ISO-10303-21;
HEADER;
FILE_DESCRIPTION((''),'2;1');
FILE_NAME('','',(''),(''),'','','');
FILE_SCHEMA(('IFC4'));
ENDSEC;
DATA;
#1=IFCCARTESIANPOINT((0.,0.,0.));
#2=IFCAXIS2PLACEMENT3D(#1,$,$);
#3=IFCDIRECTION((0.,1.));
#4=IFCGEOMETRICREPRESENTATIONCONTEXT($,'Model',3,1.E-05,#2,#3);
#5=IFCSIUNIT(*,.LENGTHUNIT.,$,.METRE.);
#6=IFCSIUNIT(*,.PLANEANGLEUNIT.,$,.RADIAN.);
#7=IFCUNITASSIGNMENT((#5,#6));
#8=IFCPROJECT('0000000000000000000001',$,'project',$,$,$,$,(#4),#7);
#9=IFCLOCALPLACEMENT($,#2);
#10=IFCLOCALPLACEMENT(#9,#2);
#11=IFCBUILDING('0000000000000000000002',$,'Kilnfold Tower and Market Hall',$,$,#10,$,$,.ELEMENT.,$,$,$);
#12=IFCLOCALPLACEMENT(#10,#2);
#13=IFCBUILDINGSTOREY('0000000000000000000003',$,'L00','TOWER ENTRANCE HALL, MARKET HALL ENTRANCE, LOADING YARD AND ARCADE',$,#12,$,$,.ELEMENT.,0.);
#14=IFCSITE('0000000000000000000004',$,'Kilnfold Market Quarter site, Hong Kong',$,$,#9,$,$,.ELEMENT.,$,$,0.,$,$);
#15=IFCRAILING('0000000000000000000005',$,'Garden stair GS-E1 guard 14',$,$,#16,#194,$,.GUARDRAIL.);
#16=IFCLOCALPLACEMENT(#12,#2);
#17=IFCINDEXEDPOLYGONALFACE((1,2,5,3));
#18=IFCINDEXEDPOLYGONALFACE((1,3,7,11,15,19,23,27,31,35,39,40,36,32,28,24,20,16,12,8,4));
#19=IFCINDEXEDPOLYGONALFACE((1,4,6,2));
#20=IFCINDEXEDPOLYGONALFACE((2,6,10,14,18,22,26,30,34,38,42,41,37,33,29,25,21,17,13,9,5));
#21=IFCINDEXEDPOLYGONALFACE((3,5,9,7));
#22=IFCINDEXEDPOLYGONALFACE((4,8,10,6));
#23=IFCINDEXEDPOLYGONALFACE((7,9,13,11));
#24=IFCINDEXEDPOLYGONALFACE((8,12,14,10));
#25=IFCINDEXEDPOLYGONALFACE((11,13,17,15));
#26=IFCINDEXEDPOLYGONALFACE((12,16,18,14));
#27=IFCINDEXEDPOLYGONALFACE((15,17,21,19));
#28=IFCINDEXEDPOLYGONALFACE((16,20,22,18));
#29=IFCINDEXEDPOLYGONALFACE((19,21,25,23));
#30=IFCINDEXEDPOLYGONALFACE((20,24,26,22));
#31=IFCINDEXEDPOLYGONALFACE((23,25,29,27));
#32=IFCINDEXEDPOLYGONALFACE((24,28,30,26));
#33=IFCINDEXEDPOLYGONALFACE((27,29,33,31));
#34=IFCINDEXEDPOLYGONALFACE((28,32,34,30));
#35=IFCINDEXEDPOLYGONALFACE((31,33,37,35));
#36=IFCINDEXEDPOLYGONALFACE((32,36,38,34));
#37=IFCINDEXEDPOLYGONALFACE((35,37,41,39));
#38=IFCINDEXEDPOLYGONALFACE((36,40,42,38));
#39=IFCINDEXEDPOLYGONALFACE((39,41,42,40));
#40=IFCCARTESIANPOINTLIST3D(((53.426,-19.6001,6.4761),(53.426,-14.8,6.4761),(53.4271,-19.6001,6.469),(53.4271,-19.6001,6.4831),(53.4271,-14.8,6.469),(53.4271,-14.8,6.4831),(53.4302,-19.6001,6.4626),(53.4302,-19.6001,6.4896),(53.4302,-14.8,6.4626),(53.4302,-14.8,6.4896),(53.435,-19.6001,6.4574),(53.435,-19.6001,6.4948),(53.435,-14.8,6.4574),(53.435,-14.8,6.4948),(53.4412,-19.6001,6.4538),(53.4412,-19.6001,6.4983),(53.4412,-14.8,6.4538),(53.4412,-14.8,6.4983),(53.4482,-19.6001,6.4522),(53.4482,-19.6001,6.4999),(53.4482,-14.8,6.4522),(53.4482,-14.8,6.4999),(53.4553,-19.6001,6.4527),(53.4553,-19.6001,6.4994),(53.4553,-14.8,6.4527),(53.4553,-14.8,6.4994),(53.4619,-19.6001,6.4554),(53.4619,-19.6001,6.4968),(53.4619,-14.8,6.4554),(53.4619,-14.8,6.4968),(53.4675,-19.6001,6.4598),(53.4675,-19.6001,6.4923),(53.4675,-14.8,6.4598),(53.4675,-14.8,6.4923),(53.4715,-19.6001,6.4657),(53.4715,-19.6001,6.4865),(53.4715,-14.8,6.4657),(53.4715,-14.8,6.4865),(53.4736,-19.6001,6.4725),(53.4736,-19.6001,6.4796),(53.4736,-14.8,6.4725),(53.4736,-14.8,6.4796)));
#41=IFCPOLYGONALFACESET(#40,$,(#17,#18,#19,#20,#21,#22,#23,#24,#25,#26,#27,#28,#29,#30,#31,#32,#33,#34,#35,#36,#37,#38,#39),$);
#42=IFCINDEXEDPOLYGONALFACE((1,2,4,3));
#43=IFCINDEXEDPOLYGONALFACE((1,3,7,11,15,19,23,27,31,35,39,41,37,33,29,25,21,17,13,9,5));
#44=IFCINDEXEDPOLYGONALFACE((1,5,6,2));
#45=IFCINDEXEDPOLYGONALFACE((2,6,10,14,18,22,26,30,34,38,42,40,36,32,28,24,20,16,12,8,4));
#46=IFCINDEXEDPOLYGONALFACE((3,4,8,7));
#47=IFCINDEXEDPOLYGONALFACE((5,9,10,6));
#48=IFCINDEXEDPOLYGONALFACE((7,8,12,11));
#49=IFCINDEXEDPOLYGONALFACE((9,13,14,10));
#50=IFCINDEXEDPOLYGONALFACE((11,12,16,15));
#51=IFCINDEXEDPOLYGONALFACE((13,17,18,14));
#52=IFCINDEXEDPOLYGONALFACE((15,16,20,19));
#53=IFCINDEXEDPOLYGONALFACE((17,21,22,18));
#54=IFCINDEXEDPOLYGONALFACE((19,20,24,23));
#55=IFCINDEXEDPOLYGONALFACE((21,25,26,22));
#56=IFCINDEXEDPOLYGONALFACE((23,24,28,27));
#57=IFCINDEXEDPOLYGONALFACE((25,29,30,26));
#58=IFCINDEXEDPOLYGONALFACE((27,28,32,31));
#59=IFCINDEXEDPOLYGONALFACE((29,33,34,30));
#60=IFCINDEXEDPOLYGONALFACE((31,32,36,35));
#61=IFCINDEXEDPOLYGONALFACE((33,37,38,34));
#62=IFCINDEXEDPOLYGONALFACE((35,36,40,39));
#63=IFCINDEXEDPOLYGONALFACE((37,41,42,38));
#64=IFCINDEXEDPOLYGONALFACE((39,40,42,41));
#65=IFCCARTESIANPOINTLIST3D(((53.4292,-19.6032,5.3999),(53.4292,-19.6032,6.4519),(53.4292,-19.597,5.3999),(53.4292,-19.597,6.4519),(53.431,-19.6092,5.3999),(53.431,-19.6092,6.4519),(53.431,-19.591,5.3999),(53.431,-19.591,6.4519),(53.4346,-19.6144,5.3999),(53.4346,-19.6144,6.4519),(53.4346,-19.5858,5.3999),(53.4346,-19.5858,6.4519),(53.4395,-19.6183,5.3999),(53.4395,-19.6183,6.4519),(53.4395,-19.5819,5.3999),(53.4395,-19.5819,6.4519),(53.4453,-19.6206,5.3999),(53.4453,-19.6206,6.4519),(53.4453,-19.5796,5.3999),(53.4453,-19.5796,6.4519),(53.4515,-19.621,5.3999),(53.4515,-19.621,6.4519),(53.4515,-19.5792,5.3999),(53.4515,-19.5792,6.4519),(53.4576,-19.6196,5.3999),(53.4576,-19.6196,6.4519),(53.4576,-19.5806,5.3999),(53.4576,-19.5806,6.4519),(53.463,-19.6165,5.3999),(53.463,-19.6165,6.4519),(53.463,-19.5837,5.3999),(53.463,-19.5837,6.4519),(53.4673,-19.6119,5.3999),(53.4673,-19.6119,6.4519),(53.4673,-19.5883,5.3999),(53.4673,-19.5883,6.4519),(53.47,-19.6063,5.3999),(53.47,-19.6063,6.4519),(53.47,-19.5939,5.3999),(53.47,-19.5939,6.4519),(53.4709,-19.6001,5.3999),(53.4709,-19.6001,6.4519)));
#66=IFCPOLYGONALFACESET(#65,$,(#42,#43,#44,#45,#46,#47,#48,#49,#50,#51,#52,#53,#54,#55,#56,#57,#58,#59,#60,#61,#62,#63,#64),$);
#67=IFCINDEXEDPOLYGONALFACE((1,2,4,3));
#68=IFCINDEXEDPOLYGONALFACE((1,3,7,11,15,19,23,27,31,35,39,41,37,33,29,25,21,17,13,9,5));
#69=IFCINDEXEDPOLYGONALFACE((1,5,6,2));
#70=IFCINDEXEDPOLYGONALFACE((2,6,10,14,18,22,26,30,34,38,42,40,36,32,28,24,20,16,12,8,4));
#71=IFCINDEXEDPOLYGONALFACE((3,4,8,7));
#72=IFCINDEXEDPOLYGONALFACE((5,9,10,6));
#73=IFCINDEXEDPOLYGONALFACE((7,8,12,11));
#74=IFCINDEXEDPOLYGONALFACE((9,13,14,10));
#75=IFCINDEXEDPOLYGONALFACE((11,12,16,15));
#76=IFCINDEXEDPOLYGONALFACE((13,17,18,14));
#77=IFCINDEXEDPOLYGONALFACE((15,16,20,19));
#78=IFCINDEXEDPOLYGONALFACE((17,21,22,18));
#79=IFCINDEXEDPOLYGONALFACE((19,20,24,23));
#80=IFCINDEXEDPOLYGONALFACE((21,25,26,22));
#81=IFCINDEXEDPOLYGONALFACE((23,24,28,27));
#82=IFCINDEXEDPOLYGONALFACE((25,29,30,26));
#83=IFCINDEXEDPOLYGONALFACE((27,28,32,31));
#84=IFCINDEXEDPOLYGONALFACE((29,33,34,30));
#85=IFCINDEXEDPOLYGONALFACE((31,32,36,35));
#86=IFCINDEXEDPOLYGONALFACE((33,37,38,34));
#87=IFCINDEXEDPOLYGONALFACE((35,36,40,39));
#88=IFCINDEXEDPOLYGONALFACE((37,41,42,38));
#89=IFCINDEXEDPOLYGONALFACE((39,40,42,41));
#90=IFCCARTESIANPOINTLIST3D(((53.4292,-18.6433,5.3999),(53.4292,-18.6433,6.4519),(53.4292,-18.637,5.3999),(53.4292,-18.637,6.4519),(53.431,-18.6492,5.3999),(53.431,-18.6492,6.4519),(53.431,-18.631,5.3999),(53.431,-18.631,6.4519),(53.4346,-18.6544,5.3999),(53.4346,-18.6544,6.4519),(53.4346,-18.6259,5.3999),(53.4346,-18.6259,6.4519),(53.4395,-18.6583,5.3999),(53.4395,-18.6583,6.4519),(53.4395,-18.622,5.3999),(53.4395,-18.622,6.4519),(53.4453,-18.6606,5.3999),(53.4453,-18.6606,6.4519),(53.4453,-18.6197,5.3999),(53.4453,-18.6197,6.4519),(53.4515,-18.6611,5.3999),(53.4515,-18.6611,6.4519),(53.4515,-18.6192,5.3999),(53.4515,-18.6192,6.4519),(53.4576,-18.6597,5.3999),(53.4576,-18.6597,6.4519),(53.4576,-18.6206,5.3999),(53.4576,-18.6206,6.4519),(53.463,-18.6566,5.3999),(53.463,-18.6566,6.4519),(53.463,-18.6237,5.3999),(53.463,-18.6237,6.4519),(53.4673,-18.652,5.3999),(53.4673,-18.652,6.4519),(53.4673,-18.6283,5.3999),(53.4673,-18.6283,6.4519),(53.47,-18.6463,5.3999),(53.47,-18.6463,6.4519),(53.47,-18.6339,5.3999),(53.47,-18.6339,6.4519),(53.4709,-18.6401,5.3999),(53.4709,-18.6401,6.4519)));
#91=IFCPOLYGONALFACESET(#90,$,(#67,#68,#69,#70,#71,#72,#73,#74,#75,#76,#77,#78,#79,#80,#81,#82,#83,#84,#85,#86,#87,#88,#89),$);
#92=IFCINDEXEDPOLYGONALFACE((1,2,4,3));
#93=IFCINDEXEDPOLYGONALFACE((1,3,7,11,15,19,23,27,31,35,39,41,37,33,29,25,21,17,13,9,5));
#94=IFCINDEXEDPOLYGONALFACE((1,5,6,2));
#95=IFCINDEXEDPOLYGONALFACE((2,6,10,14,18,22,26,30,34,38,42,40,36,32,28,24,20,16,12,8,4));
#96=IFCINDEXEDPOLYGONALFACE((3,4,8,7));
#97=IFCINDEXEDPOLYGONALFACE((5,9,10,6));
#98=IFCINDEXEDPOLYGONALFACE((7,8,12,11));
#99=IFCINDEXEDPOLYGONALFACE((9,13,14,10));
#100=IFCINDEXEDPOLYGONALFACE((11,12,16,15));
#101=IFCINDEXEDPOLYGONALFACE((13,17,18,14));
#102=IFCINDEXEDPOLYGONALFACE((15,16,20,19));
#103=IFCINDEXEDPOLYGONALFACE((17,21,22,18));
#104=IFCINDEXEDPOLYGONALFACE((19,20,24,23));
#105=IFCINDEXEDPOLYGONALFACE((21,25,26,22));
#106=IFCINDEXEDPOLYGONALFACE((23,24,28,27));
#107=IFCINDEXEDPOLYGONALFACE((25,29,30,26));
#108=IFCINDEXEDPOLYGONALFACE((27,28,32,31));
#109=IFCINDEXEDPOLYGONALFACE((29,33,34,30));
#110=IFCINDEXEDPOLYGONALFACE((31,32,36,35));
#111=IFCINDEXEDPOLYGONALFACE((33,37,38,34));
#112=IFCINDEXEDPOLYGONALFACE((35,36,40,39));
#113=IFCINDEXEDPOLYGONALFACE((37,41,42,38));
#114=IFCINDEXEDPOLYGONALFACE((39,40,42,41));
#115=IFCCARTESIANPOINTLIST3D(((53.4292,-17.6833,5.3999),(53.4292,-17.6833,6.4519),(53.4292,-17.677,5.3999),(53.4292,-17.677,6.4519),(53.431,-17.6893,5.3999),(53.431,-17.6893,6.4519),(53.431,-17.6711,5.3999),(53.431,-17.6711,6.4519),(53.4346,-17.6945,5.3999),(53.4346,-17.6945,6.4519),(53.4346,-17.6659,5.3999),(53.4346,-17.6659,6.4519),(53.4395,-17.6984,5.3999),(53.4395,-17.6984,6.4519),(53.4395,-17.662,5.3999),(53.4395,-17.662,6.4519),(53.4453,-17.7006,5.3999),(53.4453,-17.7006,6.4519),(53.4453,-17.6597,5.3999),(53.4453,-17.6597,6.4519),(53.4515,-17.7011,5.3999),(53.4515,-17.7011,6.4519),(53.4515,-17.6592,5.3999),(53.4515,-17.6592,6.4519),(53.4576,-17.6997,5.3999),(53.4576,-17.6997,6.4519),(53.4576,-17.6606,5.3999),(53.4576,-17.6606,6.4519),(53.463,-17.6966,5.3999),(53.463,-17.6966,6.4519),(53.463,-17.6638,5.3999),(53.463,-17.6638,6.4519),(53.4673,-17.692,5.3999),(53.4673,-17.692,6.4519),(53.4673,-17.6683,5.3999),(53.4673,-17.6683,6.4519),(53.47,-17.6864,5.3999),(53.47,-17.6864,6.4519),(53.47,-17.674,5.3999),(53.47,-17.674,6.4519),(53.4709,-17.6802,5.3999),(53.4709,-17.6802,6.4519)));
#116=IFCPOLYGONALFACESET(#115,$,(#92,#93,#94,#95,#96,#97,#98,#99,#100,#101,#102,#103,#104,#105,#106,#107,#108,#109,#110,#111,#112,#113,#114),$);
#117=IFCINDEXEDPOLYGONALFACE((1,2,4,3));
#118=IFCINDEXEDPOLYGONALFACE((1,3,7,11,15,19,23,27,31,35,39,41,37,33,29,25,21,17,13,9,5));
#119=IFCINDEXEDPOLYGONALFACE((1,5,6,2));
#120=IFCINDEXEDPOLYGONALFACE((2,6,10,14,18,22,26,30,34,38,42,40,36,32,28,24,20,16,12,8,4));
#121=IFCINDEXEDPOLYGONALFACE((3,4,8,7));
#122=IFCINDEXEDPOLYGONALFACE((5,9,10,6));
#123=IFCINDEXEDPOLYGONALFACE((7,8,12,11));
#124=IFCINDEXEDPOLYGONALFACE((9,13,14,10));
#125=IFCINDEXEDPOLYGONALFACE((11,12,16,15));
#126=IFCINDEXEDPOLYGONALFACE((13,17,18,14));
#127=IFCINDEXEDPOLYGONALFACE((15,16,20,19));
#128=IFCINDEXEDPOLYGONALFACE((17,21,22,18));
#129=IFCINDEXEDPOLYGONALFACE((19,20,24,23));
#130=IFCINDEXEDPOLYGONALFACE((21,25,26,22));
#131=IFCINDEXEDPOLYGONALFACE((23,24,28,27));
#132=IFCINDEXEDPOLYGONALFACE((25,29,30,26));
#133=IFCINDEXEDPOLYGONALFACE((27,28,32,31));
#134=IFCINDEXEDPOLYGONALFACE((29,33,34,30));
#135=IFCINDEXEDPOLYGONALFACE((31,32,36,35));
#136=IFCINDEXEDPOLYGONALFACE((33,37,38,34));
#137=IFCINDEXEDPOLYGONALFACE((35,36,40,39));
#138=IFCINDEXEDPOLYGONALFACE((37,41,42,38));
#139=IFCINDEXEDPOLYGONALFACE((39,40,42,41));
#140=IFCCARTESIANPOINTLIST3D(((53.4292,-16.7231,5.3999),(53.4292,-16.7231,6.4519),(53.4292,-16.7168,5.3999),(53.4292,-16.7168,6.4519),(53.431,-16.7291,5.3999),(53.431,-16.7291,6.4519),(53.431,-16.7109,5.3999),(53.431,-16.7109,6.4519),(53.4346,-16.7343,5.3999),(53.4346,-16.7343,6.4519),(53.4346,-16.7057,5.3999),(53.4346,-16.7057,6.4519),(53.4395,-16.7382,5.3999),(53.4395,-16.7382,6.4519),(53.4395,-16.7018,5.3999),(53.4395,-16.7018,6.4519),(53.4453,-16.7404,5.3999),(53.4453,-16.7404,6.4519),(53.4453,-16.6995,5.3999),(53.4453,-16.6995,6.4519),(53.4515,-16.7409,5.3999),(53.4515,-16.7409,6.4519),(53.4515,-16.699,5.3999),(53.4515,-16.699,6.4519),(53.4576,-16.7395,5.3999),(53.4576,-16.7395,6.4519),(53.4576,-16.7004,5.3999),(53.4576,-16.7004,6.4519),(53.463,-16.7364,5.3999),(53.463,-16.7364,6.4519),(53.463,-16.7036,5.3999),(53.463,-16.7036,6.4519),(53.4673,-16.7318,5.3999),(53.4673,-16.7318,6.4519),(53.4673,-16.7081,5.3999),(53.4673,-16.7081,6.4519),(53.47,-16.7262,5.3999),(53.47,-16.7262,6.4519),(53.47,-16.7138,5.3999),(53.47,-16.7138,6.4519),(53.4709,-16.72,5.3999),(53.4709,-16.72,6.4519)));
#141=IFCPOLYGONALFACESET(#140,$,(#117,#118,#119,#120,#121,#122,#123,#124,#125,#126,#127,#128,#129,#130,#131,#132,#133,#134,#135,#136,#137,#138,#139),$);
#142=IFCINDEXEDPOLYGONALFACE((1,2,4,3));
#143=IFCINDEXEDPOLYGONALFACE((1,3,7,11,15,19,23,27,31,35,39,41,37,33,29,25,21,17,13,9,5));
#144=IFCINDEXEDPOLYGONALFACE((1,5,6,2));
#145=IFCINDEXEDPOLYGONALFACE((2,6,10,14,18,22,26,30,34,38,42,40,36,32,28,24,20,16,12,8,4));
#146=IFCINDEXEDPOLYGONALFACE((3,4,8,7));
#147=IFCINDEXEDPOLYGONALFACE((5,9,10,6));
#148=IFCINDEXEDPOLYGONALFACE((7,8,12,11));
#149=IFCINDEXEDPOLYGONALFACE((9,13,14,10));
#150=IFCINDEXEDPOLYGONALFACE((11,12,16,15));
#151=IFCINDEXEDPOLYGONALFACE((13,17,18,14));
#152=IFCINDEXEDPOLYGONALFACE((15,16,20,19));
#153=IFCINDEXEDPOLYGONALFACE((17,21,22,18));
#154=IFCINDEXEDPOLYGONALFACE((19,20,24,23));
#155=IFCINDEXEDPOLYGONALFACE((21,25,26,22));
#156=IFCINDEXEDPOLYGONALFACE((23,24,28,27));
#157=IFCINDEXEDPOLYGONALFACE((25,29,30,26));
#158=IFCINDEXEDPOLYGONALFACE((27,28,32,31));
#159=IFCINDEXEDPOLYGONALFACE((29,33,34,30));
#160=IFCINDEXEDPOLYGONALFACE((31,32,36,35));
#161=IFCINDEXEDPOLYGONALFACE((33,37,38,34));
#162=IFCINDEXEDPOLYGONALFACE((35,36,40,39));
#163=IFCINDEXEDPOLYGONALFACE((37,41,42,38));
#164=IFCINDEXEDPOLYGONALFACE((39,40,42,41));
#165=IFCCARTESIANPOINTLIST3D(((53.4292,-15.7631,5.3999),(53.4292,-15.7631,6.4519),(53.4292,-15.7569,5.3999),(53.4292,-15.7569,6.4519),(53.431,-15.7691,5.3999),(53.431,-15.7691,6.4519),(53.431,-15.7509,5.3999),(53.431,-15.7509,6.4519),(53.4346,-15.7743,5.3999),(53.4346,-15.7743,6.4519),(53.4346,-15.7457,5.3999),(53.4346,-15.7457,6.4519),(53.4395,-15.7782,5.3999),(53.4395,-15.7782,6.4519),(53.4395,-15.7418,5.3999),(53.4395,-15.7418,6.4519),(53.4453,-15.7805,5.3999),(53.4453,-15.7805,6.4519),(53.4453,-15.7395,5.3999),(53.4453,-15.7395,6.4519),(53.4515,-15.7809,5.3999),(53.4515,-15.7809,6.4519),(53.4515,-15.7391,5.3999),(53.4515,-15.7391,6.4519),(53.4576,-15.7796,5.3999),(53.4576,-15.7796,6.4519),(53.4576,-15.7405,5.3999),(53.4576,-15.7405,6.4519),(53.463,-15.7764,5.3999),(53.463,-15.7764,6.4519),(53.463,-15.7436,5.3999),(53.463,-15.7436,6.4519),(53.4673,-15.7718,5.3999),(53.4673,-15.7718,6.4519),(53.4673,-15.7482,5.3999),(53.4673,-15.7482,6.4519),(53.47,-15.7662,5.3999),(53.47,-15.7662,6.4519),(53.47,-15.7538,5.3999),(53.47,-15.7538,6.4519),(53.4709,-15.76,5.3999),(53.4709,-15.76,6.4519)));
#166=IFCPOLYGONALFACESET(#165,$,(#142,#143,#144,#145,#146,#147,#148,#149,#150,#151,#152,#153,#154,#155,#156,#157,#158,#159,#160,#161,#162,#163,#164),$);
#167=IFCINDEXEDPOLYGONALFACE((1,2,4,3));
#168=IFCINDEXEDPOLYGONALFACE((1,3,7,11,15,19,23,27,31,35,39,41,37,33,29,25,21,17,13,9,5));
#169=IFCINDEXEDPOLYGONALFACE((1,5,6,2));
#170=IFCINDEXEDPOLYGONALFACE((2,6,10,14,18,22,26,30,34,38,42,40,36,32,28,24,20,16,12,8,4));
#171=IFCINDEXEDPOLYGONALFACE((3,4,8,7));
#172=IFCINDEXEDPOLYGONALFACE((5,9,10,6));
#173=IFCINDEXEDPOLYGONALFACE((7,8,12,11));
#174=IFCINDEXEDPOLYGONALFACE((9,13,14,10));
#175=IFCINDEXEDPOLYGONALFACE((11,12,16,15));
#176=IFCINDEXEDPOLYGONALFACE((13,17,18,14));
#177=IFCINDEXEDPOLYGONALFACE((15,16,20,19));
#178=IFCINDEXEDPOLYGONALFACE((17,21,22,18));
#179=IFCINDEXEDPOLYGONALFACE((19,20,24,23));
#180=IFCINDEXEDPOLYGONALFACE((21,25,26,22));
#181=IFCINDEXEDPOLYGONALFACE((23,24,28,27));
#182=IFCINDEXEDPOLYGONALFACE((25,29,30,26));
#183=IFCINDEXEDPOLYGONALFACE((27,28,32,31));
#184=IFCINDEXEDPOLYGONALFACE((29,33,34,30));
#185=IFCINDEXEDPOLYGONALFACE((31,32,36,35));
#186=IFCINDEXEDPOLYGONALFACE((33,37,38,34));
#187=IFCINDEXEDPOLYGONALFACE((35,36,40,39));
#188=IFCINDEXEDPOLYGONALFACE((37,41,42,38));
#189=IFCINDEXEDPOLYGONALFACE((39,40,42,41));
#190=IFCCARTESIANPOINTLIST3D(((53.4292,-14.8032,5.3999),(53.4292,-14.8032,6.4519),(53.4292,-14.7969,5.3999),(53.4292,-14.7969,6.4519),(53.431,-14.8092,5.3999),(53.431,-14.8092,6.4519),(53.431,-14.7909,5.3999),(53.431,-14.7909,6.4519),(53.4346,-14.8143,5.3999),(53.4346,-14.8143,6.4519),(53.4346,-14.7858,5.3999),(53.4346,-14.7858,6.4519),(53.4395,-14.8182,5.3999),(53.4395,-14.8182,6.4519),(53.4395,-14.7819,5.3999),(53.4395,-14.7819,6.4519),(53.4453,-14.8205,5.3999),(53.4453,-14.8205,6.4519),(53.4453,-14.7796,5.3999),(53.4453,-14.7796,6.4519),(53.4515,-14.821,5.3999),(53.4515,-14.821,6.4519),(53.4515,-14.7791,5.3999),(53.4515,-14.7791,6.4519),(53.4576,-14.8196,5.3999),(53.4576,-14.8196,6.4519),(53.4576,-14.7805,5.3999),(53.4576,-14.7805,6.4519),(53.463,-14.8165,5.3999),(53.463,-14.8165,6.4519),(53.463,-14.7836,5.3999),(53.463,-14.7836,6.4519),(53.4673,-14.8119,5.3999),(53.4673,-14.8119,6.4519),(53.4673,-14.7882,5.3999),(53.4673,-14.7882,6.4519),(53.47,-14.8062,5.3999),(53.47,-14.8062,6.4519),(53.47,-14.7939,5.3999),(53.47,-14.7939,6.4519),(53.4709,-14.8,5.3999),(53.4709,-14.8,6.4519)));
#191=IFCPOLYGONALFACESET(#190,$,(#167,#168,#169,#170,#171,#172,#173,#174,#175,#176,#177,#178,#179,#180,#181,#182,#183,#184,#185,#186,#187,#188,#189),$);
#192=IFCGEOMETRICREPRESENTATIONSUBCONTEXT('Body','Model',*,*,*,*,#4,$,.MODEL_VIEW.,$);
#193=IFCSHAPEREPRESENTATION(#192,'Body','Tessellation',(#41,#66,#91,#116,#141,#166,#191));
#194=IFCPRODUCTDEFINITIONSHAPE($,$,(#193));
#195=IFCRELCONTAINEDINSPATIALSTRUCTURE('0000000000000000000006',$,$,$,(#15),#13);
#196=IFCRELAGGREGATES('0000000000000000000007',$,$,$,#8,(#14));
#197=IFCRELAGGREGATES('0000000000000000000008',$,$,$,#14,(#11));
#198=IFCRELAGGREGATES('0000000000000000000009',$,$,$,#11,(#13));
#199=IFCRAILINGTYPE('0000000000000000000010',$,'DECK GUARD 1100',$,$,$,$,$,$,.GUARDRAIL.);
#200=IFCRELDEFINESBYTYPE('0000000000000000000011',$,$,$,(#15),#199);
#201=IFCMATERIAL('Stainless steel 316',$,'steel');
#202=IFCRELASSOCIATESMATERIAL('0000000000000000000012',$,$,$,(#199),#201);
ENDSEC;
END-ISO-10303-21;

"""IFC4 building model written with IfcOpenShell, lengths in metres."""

from ifc_helpers import new_model, si_unit, direction, frame, origin, origin_2d, place, context, subcontext, project, spatial, circle, extrude, material, type_object, element, save


model = new_model("IFC4")

# Units and contexts
model_context = context("Model", 3, precision=1e-05, world=origin(), true_north=direction((0.0, 1.0)))
body_context = subcontext(model_context, "Body", "Model", "MODEL_VIEW")
ifc_project = project(units=[si_unit("LENGTHUNIT", "METRE"), si_unit("PLANEANGLEUNIT", "RADIAN")], contexts=[model_context])

# Site, building, storey
site_placement = place(None, origin())
site = spatial("IfcSite", under=ifc_project, at=site_placement, Name="Kilnfold Market Quarter site, Hong Kong", CompositionType="ELEMENT", RefElevation=0.0)
building_placement = place(site_placement, origin())
building = spatial("IfcBuilding", under=site, at=building_placement, Name="Kilnfold Tower and Market Hall", CompositionType="ELEMENT")
storey_placement = place(building_placement, origin())
storey = spatial("IfcBuildingStorey", under=building, at=storey_placement, Name="L00", Description="TOWER ENTRANCE HALL, MARKET HALL ENTRANCE, LOADING YARD AND ARCADE", CompositionType="ELEMENT", Elevation=0.0)

# Railing
ifc_material_1 = material(Name="Stainless steel 316", Category="steel")
railing_type = type_object("IfcRailingType", Name="DECK GUARD 1100", PredefinedType="GUARDRAIL", material=ifc_material_1)
railing_1_placement = place(storey_placement, frame((53.45, -19.6001, 5.3999)))
element("IfcRailing", 1, at=railing_1_placement, inside=storey, type_object=railing_type, Name="Garden stair GS-E1 guard 14", PredefinedType="GUARDRAIL", context=body_context, shape_type="SweptSolid", body=[
    extrude(circle(Radius=0.0239, at=origin_2d()), frame((0.0, 0.0, 1.0762), z_axis=(0.0, 1.0, 0.0), x_axis=(-1.0, 0.0, 0.0)), (0.0, 0.0, 1.0), 4.8),
    extrude(circle(Radius=0.021, at=origin_2d()), origin(), (0.0, 0.0, 1.0), 1.052),
    extrude(circle(Radius=0.021, at=origin_2d()), frame((0.0, 0.96, 0.0)), (0.0, 0.0, 1.0), 1.052),
    extrude(circle(Radius=0.021, at=origin_2d()), frame((0.0, 1.9199, 0.0)), (0.0, 0.0, 1.0), 1.052),
    extrude(circle(Radius=0.021, at=origin_2d()), frame((0.0, 2.8801, 0.0)), (0.0, 0.0, 1.0), 1.052),
    extrude(circle(Radius=0.021, at=origin_2d()), frame((0.0, 3.8401, 0.0)), (0.0, 0.0, 1.0), 1.052),
    extrude(circle(Radius=0.021, at=origin_2d()), frame((0.0, 4.8, 0.0)), (0.0, 0.0, 1.0), 1.052),
])

save(model, "model.ifc")
